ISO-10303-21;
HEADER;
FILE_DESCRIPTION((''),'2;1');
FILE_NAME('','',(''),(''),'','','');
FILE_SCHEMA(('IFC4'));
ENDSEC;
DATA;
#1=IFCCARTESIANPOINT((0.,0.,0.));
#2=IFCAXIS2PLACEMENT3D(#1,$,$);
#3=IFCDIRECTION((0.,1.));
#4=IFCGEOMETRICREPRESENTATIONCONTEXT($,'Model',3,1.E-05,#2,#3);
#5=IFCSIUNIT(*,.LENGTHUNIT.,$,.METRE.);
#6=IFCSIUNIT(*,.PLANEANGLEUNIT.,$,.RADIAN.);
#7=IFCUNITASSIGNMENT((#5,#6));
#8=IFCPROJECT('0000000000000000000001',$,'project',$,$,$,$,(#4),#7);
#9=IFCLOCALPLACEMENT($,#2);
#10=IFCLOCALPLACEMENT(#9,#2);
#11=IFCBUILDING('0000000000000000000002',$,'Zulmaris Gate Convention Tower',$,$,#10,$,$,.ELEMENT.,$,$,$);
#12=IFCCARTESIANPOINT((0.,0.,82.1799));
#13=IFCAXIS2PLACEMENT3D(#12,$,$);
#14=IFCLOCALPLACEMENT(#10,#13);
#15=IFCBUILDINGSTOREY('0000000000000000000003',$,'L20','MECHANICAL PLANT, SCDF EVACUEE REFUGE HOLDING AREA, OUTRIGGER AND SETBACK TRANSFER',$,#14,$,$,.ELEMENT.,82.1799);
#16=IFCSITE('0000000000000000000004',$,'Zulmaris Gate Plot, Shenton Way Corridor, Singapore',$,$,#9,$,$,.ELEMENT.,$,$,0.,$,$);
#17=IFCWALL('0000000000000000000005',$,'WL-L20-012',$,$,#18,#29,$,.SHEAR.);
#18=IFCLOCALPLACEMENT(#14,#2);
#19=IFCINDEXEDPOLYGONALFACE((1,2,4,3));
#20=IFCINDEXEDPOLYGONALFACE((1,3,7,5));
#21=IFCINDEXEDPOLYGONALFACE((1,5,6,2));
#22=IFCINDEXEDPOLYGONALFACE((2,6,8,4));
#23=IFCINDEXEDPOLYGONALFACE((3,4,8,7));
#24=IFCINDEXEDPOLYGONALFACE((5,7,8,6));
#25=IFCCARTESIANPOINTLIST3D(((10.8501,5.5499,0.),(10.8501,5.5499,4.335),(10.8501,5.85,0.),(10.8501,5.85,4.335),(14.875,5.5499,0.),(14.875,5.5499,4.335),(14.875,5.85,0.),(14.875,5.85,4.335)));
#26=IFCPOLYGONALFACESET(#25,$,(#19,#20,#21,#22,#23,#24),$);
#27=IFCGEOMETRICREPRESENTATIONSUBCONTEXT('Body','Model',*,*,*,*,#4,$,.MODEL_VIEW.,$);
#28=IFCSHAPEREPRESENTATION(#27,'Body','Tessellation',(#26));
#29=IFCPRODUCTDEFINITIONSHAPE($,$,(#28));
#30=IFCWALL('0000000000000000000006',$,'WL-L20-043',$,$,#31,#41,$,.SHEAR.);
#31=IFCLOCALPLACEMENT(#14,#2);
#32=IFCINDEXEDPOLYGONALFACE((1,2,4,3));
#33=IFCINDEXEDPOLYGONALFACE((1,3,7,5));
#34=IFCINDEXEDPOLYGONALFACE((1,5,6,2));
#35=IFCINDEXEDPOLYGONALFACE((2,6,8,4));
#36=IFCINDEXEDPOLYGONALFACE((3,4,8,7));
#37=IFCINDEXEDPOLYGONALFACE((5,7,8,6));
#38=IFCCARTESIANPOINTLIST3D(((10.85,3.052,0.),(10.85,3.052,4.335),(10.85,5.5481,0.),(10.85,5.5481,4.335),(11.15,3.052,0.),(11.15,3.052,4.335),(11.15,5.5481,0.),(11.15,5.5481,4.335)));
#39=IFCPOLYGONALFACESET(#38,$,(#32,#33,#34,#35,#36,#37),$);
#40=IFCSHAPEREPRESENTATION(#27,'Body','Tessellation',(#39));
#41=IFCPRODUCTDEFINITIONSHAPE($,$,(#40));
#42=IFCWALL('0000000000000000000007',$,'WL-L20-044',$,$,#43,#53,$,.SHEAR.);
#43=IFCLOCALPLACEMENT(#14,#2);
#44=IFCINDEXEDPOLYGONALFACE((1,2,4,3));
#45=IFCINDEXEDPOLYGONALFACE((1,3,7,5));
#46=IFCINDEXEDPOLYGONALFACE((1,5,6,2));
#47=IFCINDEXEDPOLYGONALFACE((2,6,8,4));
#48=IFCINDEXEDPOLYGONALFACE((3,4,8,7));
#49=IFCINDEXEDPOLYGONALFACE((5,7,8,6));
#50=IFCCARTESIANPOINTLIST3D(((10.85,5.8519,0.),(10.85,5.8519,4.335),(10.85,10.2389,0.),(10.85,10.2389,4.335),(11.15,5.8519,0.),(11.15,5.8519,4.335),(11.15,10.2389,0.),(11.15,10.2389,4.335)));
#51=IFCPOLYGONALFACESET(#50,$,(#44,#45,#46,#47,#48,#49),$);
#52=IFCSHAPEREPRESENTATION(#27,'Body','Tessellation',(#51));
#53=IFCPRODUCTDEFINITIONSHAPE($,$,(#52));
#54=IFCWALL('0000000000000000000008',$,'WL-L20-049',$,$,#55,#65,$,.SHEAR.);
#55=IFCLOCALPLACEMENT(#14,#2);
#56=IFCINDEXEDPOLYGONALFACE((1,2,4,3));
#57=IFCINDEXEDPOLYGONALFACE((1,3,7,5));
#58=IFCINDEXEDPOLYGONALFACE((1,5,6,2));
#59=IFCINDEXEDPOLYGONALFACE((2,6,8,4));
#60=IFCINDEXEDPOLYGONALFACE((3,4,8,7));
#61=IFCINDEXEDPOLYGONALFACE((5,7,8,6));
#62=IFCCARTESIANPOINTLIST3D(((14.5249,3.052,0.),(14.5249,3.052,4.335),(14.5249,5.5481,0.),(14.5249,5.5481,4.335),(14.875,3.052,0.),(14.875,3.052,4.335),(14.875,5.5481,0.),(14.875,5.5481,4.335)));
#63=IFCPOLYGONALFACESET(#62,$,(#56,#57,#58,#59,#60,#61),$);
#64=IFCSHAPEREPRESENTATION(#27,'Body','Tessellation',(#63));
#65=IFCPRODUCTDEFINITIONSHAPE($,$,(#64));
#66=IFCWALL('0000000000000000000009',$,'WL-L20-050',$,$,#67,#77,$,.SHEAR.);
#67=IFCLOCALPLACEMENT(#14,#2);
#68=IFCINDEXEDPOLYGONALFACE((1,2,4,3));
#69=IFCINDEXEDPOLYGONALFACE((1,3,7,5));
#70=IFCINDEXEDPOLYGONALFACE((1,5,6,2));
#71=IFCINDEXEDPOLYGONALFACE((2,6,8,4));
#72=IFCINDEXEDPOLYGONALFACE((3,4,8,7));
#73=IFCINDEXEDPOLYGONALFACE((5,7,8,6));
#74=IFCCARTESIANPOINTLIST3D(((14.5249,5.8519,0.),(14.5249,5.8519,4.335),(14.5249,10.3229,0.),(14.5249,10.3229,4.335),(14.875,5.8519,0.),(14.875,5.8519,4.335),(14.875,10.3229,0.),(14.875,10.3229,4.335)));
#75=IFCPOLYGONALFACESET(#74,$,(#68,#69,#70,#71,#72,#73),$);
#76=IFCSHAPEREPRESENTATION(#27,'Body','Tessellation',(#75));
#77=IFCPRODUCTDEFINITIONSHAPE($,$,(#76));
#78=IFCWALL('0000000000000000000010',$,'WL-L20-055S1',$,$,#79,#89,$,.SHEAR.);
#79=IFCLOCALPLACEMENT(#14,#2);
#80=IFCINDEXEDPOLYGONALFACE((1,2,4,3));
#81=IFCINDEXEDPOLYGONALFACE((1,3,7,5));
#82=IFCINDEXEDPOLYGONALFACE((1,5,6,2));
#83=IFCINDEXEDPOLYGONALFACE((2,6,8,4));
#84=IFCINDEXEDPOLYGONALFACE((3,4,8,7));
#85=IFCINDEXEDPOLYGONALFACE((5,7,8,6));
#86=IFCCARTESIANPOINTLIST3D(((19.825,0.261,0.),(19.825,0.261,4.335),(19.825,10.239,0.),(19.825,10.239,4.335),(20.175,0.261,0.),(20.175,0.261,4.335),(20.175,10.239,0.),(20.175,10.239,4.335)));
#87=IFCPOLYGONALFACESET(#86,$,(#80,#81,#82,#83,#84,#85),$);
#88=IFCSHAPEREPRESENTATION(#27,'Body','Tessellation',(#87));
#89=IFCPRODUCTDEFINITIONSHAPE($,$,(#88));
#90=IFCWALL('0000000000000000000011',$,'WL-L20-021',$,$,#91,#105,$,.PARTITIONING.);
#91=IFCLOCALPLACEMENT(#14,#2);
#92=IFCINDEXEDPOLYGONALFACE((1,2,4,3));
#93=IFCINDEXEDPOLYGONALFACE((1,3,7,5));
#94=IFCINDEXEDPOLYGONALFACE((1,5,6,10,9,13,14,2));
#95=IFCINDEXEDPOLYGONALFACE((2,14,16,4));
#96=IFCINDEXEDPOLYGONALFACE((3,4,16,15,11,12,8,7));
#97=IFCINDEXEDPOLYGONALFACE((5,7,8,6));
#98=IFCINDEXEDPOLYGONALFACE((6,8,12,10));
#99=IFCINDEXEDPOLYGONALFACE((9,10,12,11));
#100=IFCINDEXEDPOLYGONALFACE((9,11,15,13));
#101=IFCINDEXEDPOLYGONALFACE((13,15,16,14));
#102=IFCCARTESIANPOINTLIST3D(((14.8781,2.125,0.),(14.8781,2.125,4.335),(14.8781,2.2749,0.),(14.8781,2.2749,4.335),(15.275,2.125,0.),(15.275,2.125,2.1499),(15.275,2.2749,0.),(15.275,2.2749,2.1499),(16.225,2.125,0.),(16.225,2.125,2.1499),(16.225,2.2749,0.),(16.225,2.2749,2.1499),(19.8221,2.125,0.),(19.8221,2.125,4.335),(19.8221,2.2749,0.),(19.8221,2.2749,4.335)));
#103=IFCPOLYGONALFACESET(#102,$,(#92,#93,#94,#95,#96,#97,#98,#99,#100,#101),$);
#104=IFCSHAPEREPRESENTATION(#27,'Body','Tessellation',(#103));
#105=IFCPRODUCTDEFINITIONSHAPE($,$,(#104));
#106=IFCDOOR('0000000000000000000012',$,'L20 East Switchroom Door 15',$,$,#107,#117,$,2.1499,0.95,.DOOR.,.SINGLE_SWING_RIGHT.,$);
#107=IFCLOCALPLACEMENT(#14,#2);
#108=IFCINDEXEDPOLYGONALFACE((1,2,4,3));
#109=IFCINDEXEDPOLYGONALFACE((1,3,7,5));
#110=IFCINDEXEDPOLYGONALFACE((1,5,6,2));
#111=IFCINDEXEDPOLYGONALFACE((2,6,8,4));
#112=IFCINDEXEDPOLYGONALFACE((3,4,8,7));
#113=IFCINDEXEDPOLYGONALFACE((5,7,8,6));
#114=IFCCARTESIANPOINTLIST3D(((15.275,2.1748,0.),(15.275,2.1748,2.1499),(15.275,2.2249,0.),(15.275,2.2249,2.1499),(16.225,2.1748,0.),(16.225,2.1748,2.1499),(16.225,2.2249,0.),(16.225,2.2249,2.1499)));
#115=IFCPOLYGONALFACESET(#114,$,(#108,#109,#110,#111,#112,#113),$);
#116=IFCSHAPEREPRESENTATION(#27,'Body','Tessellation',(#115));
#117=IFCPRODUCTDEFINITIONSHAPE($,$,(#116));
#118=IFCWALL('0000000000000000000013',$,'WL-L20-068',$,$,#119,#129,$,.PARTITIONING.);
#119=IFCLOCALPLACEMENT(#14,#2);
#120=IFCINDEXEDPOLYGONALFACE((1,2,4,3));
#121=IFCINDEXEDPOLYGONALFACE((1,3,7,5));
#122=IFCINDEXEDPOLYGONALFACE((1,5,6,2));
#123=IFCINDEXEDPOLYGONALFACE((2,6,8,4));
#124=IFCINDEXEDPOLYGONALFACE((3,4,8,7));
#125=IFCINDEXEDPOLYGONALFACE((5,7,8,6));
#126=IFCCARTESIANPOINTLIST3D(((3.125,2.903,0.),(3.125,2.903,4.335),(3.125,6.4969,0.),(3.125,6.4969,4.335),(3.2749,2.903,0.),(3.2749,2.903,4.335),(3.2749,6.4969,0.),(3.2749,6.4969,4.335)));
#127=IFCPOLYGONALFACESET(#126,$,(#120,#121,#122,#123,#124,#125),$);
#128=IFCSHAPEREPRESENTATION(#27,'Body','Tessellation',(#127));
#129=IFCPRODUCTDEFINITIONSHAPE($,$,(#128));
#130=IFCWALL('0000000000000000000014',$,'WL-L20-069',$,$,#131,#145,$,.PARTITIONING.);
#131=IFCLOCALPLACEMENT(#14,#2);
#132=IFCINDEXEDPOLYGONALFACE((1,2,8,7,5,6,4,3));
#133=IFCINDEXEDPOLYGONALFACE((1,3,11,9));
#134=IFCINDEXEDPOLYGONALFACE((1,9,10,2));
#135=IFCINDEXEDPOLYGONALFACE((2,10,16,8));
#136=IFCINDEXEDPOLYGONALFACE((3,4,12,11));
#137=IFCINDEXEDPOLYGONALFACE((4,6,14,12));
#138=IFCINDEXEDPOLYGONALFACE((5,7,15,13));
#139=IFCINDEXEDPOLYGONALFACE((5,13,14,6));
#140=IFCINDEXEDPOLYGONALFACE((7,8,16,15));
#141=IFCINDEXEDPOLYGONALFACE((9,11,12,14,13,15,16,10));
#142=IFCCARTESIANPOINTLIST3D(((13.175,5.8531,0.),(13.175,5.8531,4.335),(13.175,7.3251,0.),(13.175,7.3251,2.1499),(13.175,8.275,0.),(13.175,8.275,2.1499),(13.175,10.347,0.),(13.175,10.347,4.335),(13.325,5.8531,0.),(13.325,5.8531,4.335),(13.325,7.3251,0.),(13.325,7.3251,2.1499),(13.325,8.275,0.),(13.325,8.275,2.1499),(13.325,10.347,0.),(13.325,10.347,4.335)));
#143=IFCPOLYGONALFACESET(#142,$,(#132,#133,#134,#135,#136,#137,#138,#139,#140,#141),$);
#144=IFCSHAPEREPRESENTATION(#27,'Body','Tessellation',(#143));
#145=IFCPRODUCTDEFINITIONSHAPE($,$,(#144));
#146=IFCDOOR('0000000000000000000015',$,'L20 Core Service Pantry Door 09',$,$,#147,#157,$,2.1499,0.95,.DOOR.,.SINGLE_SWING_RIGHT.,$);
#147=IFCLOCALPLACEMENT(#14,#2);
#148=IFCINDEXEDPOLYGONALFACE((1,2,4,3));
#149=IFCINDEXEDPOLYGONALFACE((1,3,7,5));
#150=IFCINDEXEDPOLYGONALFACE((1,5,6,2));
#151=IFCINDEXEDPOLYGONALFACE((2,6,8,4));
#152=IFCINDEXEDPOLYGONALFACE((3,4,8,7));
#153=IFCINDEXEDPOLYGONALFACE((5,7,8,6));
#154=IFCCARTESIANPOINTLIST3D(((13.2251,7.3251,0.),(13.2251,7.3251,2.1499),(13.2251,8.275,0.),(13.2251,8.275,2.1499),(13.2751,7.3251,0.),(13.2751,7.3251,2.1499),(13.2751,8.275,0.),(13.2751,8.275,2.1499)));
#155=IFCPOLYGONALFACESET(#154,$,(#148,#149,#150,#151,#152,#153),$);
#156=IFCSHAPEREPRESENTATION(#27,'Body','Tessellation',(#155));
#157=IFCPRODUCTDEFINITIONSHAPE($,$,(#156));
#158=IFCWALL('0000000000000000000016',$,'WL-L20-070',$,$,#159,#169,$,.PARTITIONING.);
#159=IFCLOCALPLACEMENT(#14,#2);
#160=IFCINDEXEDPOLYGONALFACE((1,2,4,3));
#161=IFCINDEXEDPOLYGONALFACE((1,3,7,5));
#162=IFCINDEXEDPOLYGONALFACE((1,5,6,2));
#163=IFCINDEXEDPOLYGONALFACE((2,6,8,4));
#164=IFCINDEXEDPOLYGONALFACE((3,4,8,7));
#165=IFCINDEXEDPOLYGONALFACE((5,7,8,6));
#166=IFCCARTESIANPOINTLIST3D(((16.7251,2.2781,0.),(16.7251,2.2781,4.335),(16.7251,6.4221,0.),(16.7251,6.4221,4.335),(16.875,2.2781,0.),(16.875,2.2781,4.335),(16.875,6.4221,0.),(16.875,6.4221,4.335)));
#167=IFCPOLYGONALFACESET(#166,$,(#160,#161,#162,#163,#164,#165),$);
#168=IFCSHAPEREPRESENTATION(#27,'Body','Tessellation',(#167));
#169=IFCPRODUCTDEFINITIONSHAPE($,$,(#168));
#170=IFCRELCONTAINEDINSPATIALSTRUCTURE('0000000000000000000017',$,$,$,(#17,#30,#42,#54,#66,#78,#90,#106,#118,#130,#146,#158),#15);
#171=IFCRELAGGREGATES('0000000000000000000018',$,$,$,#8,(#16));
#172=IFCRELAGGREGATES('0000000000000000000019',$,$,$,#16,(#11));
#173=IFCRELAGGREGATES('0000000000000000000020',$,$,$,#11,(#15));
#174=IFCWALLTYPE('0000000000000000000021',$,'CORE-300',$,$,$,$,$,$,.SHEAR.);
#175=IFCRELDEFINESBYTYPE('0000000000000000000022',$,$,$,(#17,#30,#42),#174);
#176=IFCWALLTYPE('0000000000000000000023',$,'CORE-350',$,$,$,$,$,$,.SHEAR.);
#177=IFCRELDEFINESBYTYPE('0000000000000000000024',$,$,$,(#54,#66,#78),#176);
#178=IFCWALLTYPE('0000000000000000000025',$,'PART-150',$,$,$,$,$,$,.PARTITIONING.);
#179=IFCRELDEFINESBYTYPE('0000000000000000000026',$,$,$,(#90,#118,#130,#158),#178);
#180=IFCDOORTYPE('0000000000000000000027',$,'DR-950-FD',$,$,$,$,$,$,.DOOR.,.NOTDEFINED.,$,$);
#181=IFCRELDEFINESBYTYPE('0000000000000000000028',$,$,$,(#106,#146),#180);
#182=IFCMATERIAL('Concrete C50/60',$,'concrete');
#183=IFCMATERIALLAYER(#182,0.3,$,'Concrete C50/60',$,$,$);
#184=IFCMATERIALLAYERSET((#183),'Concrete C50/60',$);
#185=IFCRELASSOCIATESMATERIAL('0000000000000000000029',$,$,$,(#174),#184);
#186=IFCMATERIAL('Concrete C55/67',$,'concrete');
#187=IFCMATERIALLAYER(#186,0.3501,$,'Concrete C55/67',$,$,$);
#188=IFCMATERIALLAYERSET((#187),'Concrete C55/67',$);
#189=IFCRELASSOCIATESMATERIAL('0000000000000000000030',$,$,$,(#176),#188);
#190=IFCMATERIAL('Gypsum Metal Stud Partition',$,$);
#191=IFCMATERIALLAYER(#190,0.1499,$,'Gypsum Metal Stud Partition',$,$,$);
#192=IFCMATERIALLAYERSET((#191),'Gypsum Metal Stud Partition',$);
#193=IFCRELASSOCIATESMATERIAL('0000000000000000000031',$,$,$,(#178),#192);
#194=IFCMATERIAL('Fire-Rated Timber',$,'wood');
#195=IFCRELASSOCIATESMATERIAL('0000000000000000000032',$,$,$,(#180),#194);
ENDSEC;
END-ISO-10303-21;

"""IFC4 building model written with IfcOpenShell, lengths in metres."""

from ifc_helpers import new_model, si_unit, direction, frame, frame_2d, origin, place, context, subcontext, project, spatial, rectangle, extrude, material, layer, layer_set, type_object, element, fill, save


model = new_model("IFC4")

# Units and contexts
model_context = context("Model", 3, precision=1e-05, world=origin(), true_north=direction((0.0, 1.0)))
body_context = subcontext(model_context, "Body", "Model", "MODEL_VIEW")
ifc_project = project(units=[si_unit("LENGTHUNIT", "METRE"), si_unit("PLANEANGLEUNIT", "RADIAN")], contexts=[model_context])

# Site, building, storey
site_placement = place(None, origin())
site = spatial("IfcSite", under=ifc_project, at=site_placement, Name="Zulmaris Gate Plot, Shenton Way Corridor, Singapore", CompositionType="ELEMENT", RefElevation=0.0)
building_placement = place(site_placement, origin())
building = spatial("IfcBuilding", under=site, at=building_placement, Name="Zulmaris Gate Convention Tower", CompositionType="ELEMENT")
storey_placement = place(building_placement, frame((0.0, 0.0, 82.1799)))
storey = spatial("IfcBuildingStorey", under=building, at=storey_placement, Name="L20", Description="MECHANICAL PLANT, SCDF EVACUEE REFUGE HOLDING AREA, OUTRIGGER AND SETBACK TRANSFER", CompositionType="ELEMENT", Elevation=82.1799)

# Shared definitions
ifc_material_1 = material(Name="Concrete C50/60", Category="concrete")

# Shared definitions
ifc_layer_1 = layer(ifc_material_1, 0.3, Name="Concrete C50/60")
ifc_layer_set_1 = layer_set([ifc_layer_1], Name="Concrete C50/60")
wall_type_1 = type_object("IfcWallType", Name="CORE-300", PredefinedType="SHEAR", material=ifc_layer_set_1)

# Wall
wall_1_placement = place(storey_placement, frame((10.8501, 5.7, 0.0), z_axis=(0.0, 0.0, 1.0), x_axis=(1.0, 0.0, 0.0)))
element("IfcWall", 1, at=wall_1_placement, inside=storey, type_object=wall_type_1, Name="WL-L20-012", PredefinedType="SHEAR", context=body_context, shape_type="SweptSolid", body=[
    extrude(rectangle(XDim=4.0249, YDim=0.3, at=frame_2d((2.0125, 0.0))), origin(), (0.0, 0.0, 1.0), 4.335),
])

# Walls
wall_2_placement = place(storey_placement, frame((11.0, 3.052, 0.0), z_axis=(0.0, 0.0, 1.0), x_axis=(0.0, 1.0, 0.0)))
element("IfcWall", 2, at=wall_2_placement, inside=storey, type_object=wall_type_1, Name="WL-L20-043", PredefinedType="SHEAR", context=body_context, shape_type="SweptSolid", body=[
    extrude(rectangle(XDim=2.4961, YDim=0.3, at=frame_2d((1.248, 0.0))), origin(), (0.0, 0.0, 1.0), 4.335),
])
wall_3_placement = place(storey_placement, frame((11.0, 5.8521, 0.0), z_axis=(0.0, 0.0, 1.0), x_axis=(0.0, 1.0, 0.0)))
element("IfcWall", 3, at=wall_3_placement, inside=storey, type_object=wall_type_1, Name="WL-L20-044", PredefinedType="SHEAR", context=body_context, shape_type="SweptSolid", body=[
    extrude(rectangle(XDim=4.387, YDim=0.3, at=frame_2d((2.1934, 0.0))), origin(), (0.0, 0.0, 1.0), 4.335),
])
ifc_material_2 = material(Name="Concrete C55/67", Category="concrete")
ifc_layer_2 = layer(ifc_material_2, 0.3501, Name="Concrete C55/67")
ifc_layer_set_2 = layer_set([ifc_layer_2], Name="Concrete C55/67")
wall_type_2 = type_object("IfcWallType", Name="CORE-350", PredefinedType="SHEAR", material=ifc_layer_set_2)
wall_4_placement = place(storey_placement, frame((14.7, 3.052, 0.0), z_axis=(0.0, 0.0, 1.0), x_axis=(0.0, 1.0, 0.0)))
element("IfcWall", 4, at=wall_4_placement, inside=storey, type_object=wall_type_2, Name="WL-L20-049", PredefinedType="SHEAR", context=body_context, shape_type="SweptSolid", body=[
    extrude(rectangle(XDim=2.4961, YDim=0.3501, at=frame_2d((1.248, 0.0))), origin(), (0.0, 0.0, 1.0), 4.335),
])
wall_5_placement = place(storey_placement, frame((14.7, 5.8521, 0.0), z_axis=(0.0, 0.0, 1.0), x_axis=(0.0, 1.0, 0.0)))
element("IfcWall", 5, at=wall_5_placement, inside=storey, type_object=wall_type_2, Name="WL-L20-050", PredefinedType="SHEAR", context=body_context, shape_type="SweptSolid", body=[
    extrude(rectangle(XDim=4.4709, YDim=0.3501, at=frame_2d((2.2354, 0.0))), origin(), (0.0, 0.0, 1.0), 4.335),
])
wall_6_placement = place(storey_placement, frame((20.0, 0.261, 0.0), z_axis=(0.0, 0.0, 1.0), x_axis=(0.0, 1.0, 0.0)))
element("IfcWall", 6, at=wall_6_placement, inside=storey, type_object=wall_type_2, Name="WL-L20-055S1", PredefinedType="SHEAR", context=body_context, shape_type="SweptSolid", body=[
    extrude(rectangle(XDim=9.978, YDim=0.3501, at=frame_2d((4.989, 0.0))), origin(), (0.0, 0.0, 1.0), 4.335),
])

# Wall, opening, door
ifc_material_3 = material(Name="Gypsum Metal Stud Partition")
ifc_layer_3 = layer(ifc_material_3, 0.1499, Name="Gypsum Metal Stud Partition")
ifc_layer_set_3 = layer_set([ifc_layer_3], Name="Gypsum Metal Stud Partition")
wall_type_3 = type_object("IfcWallType", Name="PART-150", PredefinedType="PARTITIONING", material=ifc_layer_set_3)
wall_7_placement = place(storey_placement, frame((14.8779, 2.2, 0.0), z_axis=(0.0, 0.0, 1.0), x_axis=(1.0, 0.0, 0.0)))
wall_7 = element("IfcWall", 7, at=wall_7_placement, inside=storey, type_object=wall_type_3, Name="WL-L20-021", PredefinedType="PARTITIONING", context=body_context, shape_type="SweptSolid", body=[
    extrude(rectangle(XDim=4.9441, YDim=0.1499, at=frame_2d((2.4722, 0.0))), origin(), (0.0, 0.0, 1.0), 4.335),
])
opening_1_placement = place(wall_7_placement, frame((0.397, 0.0, 0.0)))
opening_1 = element("IfcOpeningElement", 8, at=opening_1_placement, cuts=wall_7, PredefinedType="OPENING", context=body_context, shape_type="SweptSolid", body=[
    extrude(rectangle(XDim=0.95, YDim=2.1499, at=frame_2d((0.4751, 1.075))), frame((0.0, 0.085, 0.0), z_axis=(0.0, -1.0, 0.0), x_axis=(1.0, 0.0, 0.0)), (0.0, 0.0, 1.0), 0.1699),
])
ifc_material_4 = material(Name="Fire-Rated Timber", Category="wood")
door_type_1 = type_object("IfcDoorType", Name="DR-950-FD", OperationType="NOTDEFINED", PredefinedType="DOOR", material=ifc_material_4)
door_1_placement = place(opening_1_placement, origin())
door_1 = element("IfcDoor", 9, at=door_1_placement, inside=storey, type_object=door_type_1, Name="L20 East Switchroom Door 15", OperationType="SINGLE_SWING_RIGHT", OverallHeight=2.1499, OverallWidth=0.95, PredefinedType="DOOR", context=body_context, shape_type="SweptSolid", body=[
    extrude(rectangle(XDim=0.95, YDim=2.1499, at=frame_2d((0.4751, 1.075))), frame((0.0, 0.0249, 0.0), z_axis=(0.0, -1.0, 0.0), x_axis=(1.0, 0.0, 0.0)), (0.0, 0.0, 1.0), 0.05),
])
fill(opening_1, door_1)

# Wall
wall_8_placement = place(storey_placement, frame((3.2, 2.9031, 0.0), z_axis=(0.0, 0.0, 1.0), x_axis=(0.0, 1.0, 0.0)))
element("IfcWall", 10, at=wall_8_placement, inside=storey, type_object=wall_type_3, Name="WL-L20-068", PredefinedType="PARTITIONING", context=body_context, shape_type="SweptSolid", body=[
    extrude(rectangle(XDim=3.594, YDim=0.1499, at=frame_2d((1.7969, 0.0))), origin(), (0.0, 0.0, 1.0), 4.335),
])

# Wall, opening, door
wall_9_placement = place(storey_placement, frame((13.25, 5.853, 0.0), z_axis=(0.0, 0.0, 1.0), x_axis=(0.0, 1.0, 0.0)))
wall_9 = element("IfcWall", 11, at=wall_9_placement, inside=storey, type_object=wall_type_3, Name="WL-L20-069", PredefinedType="PARTITIONING", context=body_context, shape_type="SweptSolid", body=[
    extrude(rectangle(XDim=4.4939, YDim=0.1499, at=frame_2d((2.2471, 0.0))), origin(), (0.0, 0.0, 1.0), 4.335),
])
opening_2_placement = place(wall_9_placement, frame((1.4719, 0.0, 0.0)))
opening_2 = element("IfcOpeningElement", 12, at=opening_2_placement, cuts=wall_9, PredefinedType="OPENING", context=body_context, shape_type="SweptSolid", body=[
    extrude(rectangle(XDim=0.95, YDim=2.1499, at=frame_2d((0.4751, 1.075))), frame((0.0, 0.085, 0.0), z_axis=(0.0, -1.0, 0.0), x_axis=(1.0, 0.0, 0.0)), (0.0, 0.0, 1.0), 0.1699),
])
door_2_placement = place(opening_2_placement, origin())
door_2 = element("IfcDoor", 13, at=door_2_placement, inside=storey, type_object=door_type_1, Name="L20 Core Service Pantry Door 09", OperationType="SINGLE_SWING_RIGHT", OverallHeight=2.1499, OverallWidth=0.95, PredefinedType="DOOR", context=body_context, shape_type="SweptSolid", body=[
    extrude(rectangle(XDim=0.95, YDim=2.1499, at=frame_2d((0.4751, 1.075))), frame((0.0, 0.0249, 0.0), z_axis=(0.0, -1.0, 0.0), x_axis=(1.0, 0.0, 0.0)), (0.0, 0.0, 1.0), 0.05),
])
fill(opening_2, door_2)

# Wall
wall_10_placement = place(storey_placement, frame((16.8, 2.2781, 0.0), z_axis=(0.0, 0.0, 1.0), x_axis=(0.0, 1.0, 0.0)))
element("IfcWall", 14, at=wall_10_placement, inside=storey, type_object=wall_type_3, Name="WL-L20-070", PredefinedType="PARTITIONING", context=body_context, shape_type="SweptSolid", body=[
    extrude(rectangle(XDim=4.144, YDim=0.1499, at=frame_2d((2.072, 0.0))), origin(), (0.0, 0.0, 1.0), 4.335),
])

save(model, "model.ifc")
